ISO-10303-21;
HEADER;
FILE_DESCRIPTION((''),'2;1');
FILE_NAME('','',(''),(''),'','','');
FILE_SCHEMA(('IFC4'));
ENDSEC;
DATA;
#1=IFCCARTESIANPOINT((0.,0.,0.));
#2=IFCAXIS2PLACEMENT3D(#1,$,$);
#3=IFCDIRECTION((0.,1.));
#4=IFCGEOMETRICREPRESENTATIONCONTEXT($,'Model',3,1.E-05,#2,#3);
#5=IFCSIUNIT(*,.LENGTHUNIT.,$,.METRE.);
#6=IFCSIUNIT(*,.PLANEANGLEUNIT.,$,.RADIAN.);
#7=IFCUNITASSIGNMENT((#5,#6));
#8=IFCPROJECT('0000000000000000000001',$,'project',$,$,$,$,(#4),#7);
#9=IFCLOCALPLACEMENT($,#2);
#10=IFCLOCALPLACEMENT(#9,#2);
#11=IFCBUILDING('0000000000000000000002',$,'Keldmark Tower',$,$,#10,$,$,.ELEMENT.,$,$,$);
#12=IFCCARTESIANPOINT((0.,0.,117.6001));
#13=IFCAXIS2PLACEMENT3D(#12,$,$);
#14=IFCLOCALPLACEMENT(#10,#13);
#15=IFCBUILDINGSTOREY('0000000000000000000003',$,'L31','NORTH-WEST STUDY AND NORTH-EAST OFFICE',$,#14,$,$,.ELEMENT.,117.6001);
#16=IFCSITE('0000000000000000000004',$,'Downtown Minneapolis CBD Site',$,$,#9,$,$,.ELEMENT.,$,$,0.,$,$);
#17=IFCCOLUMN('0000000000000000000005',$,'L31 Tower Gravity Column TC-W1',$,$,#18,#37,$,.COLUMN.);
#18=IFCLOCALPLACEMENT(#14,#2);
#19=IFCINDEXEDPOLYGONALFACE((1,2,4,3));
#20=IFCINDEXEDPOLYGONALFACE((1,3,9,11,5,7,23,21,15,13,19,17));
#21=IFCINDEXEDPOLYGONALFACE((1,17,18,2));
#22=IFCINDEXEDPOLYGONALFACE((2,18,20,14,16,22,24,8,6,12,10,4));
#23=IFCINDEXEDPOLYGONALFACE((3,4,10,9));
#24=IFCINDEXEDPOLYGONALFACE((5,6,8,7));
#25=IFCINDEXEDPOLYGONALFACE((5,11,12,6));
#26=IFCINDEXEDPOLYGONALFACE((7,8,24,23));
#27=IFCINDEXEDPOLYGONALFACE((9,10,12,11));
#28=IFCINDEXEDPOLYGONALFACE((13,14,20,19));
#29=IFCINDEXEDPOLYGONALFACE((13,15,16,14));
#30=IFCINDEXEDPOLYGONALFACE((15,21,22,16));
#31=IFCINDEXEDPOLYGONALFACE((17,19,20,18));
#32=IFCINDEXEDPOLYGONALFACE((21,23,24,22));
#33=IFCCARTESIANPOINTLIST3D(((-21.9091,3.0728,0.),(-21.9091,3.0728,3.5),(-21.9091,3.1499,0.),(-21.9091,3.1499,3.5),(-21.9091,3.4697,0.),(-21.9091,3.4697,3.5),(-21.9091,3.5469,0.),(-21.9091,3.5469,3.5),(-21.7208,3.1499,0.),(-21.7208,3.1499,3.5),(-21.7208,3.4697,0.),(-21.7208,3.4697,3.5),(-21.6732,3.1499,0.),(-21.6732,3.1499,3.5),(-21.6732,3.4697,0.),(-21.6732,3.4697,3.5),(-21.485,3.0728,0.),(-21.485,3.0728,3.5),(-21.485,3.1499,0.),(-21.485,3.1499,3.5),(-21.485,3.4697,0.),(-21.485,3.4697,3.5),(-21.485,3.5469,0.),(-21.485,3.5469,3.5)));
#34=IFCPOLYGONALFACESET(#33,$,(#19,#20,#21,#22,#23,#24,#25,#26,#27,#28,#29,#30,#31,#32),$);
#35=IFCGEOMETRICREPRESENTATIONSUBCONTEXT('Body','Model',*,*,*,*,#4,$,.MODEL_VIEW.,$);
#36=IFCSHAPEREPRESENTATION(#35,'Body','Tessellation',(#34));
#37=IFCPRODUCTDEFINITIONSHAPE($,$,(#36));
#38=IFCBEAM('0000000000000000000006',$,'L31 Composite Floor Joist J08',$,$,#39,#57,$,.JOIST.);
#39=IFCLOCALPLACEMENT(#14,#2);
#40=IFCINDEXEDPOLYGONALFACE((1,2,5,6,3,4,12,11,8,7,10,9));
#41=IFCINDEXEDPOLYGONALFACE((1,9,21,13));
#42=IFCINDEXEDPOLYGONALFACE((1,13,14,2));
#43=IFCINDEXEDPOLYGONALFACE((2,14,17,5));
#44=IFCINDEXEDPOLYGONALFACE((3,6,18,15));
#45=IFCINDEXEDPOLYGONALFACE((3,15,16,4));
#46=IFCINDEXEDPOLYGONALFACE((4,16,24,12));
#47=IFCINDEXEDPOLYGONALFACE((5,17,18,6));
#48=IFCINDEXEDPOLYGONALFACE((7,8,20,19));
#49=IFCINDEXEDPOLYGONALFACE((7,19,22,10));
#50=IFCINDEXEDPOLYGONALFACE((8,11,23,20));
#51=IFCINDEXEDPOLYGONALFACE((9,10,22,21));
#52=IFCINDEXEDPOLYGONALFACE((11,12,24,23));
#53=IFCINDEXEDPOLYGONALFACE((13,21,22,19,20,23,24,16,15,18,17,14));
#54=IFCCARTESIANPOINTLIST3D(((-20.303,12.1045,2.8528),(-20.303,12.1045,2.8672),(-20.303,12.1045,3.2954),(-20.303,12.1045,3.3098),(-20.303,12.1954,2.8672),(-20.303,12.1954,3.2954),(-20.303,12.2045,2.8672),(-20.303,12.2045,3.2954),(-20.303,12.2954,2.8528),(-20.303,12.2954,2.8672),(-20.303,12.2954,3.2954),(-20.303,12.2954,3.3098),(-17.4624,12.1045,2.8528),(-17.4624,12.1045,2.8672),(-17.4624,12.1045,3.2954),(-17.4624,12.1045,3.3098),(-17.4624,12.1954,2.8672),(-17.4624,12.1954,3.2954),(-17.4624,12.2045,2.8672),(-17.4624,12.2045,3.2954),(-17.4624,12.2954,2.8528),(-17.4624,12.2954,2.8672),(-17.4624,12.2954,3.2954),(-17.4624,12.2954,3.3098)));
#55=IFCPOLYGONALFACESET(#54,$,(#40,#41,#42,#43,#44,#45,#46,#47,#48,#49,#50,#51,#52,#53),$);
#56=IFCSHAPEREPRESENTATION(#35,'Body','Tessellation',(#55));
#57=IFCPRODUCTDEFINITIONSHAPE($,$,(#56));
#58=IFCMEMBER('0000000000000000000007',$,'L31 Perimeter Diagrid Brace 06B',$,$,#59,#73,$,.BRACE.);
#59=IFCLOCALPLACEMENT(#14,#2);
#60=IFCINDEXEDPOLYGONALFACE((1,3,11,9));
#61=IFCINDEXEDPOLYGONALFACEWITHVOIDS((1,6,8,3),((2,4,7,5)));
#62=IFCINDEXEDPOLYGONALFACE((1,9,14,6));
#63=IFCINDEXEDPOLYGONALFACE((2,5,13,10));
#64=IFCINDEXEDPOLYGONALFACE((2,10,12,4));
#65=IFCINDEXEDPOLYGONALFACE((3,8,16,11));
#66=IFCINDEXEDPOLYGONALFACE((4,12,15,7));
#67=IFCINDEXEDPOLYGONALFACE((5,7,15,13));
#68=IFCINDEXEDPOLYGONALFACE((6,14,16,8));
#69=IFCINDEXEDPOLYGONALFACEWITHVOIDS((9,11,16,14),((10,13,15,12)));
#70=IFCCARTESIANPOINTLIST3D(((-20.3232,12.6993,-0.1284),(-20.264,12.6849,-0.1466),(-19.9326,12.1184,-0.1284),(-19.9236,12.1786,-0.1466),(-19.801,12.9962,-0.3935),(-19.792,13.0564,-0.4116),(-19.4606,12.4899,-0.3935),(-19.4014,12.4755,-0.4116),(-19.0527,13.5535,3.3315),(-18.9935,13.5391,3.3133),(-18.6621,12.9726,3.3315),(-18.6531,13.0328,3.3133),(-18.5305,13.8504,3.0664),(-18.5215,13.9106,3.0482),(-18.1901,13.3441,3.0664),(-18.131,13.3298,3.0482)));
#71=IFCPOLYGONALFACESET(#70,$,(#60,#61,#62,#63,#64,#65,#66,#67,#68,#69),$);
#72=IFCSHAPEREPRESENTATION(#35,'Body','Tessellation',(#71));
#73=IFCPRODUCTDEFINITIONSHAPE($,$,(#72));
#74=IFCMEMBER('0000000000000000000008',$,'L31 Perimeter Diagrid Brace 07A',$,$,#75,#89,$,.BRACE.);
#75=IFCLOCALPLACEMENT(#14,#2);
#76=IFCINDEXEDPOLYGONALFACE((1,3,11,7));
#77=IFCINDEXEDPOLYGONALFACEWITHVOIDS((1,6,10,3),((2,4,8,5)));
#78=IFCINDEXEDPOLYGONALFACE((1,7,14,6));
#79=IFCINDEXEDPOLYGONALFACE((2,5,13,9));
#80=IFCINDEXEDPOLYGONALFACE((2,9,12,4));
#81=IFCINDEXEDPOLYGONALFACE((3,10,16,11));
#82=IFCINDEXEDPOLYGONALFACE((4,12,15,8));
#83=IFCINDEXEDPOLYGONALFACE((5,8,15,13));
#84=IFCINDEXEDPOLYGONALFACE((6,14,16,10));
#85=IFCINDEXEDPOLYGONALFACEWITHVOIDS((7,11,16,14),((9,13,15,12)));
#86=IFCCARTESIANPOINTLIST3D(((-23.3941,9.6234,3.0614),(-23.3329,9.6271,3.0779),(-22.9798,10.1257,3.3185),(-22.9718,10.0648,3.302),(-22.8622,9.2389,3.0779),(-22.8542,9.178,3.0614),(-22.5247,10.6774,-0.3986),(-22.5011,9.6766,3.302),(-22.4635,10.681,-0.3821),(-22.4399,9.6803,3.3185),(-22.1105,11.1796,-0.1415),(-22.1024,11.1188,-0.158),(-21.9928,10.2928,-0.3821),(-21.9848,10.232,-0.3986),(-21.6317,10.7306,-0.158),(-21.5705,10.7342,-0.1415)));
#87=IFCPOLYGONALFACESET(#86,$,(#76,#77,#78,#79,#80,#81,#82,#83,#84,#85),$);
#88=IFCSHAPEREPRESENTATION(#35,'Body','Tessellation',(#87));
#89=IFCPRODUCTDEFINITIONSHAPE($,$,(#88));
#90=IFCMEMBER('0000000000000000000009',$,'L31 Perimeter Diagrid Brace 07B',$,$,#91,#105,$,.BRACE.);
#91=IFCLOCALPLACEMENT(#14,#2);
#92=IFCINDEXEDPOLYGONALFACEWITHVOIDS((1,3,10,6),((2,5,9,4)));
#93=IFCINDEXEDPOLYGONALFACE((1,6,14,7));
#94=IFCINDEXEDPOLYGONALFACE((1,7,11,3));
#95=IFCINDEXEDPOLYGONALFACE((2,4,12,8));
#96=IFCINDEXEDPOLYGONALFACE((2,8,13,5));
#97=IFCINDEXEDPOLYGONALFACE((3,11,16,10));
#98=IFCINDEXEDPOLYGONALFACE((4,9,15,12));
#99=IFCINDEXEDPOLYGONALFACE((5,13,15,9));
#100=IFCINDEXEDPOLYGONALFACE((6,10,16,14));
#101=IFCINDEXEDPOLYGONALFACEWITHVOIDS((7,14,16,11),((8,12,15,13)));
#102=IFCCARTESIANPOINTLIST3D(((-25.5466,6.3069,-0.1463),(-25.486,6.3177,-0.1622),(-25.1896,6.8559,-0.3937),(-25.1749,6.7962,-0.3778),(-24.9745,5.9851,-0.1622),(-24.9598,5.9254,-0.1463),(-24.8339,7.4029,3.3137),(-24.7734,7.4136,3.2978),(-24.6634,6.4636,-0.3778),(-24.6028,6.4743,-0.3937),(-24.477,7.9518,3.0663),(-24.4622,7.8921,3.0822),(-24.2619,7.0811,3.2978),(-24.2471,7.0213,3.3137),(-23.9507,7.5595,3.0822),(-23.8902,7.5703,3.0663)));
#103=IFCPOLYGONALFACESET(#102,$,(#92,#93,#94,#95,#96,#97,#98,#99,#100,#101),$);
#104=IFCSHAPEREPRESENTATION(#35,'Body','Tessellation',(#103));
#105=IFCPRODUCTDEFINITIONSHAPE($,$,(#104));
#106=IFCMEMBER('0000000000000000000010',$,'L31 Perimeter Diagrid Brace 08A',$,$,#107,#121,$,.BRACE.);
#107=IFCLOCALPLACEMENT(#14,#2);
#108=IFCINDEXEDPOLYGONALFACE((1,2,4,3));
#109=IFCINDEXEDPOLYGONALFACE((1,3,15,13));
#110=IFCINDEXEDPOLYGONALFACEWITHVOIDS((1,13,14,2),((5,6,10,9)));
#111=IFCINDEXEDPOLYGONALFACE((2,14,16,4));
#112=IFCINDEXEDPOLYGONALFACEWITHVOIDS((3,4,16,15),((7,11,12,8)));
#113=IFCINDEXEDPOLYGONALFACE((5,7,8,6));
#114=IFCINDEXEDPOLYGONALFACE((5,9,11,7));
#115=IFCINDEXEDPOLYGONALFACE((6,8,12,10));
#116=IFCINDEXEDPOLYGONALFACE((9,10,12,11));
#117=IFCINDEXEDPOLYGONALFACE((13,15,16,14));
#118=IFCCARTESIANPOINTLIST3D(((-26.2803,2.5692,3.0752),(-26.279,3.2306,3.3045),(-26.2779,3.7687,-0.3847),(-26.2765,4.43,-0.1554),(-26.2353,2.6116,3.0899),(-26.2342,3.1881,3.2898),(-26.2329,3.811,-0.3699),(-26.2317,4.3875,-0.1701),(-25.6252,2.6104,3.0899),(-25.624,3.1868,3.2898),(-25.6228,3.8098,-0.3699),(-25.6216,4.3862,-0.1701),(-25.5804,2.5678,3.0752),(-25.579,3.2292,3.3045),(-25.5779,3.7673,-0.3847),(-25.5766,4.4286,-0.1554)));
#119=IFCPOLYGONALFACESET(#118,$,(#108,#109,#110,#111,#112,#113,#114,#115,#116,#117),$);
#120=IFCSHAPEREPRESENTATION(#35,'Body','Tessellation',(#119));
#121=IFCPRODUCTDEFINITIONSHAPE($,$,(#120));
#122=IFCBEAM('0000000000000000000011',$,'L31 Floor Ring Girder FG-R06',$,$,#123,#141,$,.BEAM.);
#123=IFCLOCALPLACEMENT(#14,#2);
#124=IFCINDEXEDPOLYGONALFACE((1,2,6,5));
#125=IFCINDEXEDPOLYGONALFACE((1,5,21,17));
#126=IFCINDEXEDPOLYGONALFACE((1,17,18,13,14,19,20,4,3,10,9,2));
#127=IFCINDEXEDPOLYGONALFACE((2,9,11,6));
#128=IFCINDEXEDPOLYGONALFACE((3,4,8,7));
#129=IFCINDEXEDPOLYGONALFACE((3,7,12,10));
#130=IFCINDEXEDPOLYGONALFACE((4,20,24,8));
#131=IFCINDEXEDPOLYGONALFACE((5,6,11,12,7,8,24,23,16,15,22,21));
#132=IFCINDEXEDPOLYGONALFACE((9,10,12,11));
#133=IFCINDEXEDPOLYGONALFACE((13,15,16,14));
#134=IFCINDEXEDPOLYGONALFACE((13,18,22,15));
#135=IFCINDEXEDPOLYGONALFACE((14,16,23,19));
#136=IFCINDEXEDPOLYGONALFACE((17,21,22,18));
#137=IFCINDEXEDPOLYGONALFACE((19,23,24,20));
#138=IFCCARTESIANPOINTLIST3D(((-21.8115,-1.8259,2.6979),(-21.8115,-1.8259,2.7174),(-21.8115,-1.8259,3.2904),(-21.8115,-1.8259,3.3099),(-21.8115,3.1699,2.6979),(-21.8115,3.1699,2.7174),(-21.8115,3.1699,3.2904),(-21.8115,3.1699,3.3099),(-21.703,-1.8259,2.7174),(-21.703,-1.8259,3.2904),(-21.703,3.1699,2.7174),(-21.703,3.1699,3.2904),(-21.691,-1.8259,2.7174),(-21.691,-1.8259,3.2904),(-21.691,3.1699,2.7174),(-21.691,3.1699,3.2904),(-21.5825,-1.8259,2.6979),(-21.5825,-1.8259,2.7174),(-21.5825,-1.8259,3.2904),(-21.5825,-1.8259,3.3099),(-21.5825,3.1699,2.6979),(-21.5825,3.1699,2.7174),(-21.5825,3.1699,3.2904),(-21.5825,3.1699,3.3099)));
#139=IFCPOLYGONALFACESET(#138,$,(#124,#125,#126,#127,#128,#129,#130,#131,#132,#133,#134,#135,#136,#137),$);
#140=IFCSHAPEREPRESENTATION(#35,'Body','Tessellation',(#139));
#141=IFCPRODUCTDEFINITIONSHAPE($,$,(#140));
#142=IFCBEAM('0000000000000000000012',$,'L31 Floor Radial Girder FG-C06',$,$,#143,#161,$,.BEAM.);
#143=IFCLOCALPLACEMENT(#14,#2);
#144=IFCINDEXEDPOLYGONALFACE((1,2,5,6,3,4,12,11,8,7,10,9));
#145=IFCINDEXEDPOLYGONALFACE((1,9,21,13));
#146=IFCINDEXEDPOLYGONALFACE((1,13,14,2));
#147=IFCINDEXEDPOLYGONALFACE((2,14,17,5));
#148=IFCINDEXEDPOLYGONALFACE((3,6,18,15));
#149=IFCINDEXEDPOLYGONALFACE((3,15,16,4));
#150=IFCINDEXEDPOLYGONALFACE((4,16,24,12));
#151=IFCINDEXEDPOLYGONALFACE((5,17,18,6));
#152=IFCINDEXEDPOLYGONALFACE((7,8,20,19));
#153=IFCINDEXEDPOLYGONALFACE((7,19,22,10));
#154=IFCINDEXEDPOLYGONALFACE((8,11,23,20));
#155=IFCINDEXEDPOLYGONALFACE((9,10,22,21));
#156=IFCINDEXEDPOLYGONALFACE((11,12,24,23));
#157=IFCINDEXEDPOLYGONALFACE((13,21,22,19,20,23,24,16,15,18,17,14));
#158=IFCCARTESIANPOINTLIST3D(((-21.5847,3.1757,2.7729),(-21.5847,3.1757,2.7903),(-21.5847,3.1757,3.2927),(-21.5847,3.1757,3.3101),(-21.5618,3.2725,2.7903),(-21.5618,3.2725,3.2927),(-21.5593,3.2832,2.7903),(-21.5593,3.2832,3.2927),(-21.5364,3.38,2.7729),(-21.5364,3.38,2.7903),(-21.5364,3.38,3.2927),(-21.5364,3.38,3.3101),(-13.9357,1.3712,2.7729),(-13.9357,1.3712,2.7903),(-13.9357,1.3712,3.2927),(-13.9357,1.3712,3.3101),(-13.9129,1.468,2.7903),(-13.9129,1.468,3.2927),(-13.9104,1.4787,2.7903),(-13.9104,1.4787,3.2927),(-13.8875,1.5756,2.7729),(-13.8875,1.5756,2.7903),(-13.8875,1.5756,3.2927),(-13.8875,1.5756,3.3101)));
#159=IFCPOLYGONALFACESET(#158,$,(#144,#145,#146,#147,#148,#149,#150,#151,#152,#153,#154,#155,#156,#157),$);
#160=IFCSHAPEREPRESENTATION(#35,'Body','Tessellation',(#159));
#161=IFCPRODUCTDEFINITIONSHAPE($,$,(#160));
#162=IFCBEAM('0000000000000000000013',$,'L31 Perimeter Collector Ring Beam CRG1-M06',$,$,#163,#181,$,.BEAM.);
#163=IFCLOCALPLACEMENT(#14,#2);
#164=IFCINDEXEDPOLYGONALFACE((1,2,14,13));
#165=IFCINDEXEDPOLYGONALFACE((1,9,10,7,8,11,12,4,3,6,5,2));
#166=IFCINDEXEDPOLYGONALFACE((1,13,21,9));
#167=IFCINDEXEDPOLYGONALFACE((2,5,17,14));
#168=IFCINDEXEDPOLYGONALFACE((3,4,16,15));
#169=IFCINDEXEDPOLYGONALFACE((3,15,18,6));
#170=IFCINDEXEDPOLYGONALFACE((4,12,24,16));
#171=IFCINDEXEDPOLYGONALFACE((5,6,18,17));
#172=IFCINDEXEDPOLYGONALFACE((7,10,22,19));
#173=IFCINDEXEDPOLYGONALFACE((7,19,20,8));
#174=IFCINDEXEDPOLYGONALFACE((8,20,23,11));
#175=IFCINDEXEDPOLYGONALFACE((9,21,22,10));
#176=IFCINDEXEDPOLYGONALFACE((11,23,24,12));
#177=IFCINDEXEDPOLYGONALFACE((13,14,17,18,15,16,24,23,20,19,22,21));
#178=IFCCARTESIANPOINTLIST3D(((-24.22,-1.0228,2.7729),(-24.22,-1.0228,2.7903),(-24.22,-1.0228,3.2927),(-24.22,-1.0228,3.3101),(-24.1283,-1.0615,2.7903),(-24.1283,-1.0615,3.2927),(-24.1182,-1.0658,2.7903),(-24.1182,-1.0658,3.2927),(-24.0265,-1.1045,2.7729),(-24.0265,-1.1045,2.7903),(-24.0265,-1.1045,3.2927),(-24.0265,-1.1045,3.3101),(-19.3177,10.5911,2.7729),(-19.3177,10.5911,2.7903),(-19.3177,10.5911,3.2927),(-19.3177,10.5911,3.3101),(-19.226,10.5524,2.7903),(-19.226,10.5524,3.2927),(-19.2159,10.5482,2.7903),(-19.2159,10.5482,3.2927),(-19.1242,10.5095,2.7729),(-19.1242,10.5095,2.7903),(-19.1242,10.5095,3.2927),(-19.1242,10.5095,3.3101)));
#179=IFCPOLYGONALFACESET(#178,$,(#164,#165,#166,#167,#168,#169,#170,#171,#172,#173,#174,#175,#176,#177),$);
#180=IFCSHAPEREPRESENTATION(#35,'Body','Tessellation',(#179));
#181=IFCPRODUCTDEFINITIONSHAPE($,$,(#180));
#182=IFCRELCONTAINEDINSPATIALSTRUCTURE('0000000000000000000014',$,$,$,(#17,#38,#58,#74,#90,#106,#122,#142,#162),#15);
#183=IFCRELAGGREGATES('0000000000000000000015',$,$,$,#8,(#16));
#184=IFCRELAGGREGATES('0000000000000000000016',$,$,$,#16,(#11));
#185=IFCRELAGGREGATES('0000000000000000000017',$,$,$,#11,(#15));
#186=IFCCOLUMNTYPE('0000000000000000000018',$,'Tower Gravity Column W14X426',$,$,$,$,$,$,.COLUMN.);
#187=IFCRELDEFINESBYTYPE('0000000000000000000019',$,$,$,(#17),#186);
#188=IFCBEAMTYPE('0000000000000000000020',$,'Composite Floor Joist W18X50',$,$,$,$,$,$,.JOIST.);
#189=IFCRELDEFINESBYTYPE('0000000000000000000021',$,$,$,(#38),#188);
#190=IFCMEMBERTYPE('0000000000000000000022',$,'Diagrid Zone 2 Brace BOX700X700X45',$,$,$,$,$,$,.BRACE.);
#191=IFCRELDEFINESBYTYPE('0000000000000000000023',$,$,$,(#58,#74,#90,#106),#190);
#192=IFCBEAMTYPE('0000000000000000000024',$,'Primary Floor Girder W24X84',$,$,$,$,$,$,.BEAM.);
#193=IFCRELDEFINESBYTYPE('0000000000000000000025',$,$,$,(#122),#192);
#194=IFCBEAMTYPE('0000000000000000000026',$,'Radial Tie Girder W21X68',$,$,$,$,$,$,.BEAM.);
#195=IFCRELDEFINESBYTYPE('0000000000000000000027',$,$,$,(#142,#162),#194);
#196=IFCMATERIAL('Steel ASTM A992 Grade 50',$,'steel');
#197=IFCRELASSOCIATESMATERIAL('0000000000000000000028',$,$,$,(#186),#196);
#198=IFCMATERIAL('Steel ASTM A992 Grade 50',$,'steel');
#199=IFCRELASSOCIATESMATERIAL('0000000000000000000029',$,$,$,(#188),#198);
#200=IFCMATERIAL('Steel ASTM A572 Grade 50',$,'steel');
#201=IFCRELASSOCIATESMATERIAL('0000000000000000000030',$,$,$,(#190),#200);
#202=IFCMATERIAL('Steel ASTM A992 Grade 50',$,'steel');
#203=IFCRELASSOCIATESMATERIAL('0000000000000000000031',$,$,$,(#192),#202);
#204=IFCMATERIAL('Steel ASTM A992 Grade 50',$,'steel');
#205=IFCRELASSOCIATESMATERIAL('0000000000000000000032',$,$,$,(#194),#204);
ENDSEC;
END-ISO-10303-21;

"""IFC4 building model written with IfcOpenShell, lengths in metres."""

from ifc_helpers import new_model, si_unit, direction, frame, origin, origin_2d, place, context, subcontext, project, spatial, hollow_rectangle, i_section, extrude, material, material_profile, profile_set, type_object, element, save


model = new_model("IFC4")

# Units and contexts
model_context = context("Model", 3, precision=1e-05, world=origin(), true_north=direction((0.0, 1.0)))
body_context = subcontext(model_context, "Body", "Model", "MODEL_VIEW")
ifc_project = project(units=[si_unit("LENGTHUNIT", "METRE"), si_unit("PLANEANGLEUNIT", "RADIAN")], contexts=[model_context])

# Site, building, storey
site_placement = place(None, origin())
site = spatial("IfcSite", under=ifc_project, at=site_placement, Name="Downtown Minneapolis CBD Site", CompositionType="ELEMENT", RefElevation=0.0)
building_placement = place(site_placement, origin())
building = spatial("IfcBuilding", under=site, at=building_placement, Name="Keldmark Tower", CompositionType="ELEMENT")
storey_placement = place(building_placement, frame((0.0, 0.0, 117.6001)))
storey = spatial("IfcBuildingStorey", under=building, at=storey_placement, Name="L31", Description="NORTH-WEST STUDY AND NORTH-EAST OFFICE", CompositionType="ELEMENT", Elevation=117.6001)

# Column
ifc_material_1 = material(Name="Steel ASTM A992 Grade 50", Category="steel")
ifc_material_profile_1 = material_profile(ifc_material_1, i_section(OverallWidth=0.4241, OverallDepth=0.4741, WebThickness=0.0476, FlangeThickness=0.0771, at=origin_2d()), Name="W14X426")
ifc_profile_set_1 = profile_set([ifc_material_profile_1], Name="Steel ASTM A992 Grade 50")
column_type = type_object("IfcColumnType", Name="Tower Gravity Column W14X426", PredefinedType="COLUMN", material=ifc_profile_set_1)
column_placement = place(storey_placement, frame((-21.697, 3.3098, 0.0), z_axis=(0.0, 0.0, 1.0), x_axis=(1.0, 0.0, 0.0)))
element("IfcColumn", 1, at=column_placement, inside=storey, type_object=column_type, Name="L31 Tower Gravity Column TC-W1", PredefinedType="COLUMN", context=body_context, shape_type="SweptSolid", body=[
    extrude(i_section(OverallWidth=0.4241, OverallDepth=0.4741, WebThickness=0.0476, FlangeThickness=0.0771, at=origin_2d()), origin(), (0.0, 0.0, 1.0), 3.5),
])

# Beam
ifc_material_2 = material(Name="Steel ASTM A992 Grade 50", Category="steel")
ifc_material_profile_2 = material_profile(ifc_material_2, i_section(OverallWidth=0.1909, OverallDepth=0.457, WebThickness=0.009, FlangeThickness=0.0144, at=origin_2d()), Name="W18X50")
ifc_profile_set_2 = profile_set([ifc_material_profile_2], Name="Steel ASTM A992 Grade 50")
beam_type_1 = type_object("IfcBeamType", Name="Composite Floor Joist W18X50", PredefinedType="JOIST", material=ifc_profile_set_2)
beam_1_placement = place(storey_placement, frame((-20.303, 12.2, 3.0813), z_axis=(1.0, 0.0, 0.0), x_axis=(0.0, 1.0, 0.0)))
element("IfcBeam", 2, at=beam_1_placement, inside=storey, type_object=beam_type_1, Name="L31 Composite Floor Joist J08", PredefinedType="JOIST", context=body_context, shape_type="SweptSolid", body=[
    extrude(i_section(OverallWidth=0.1909, OverallDepth=0.457, WebThickness=0.009, FlangeThickness=0.0144, at=origin_2d()), origin(), (0.0, 0.0, 1.0), 2.8406),
])

# Members
ifc_material_3 = material(Name="Steel ASTM A572 Grade 50", Category="steel")
ifc_material_profile_3 = material_profile(ifc_material_3, hollow_rectangle(XDim=0.7, YDim=0.7, WallThickness=0.0449, at=origin_2d()), Name="BOX700X700X45")
ifc_profile_set_3 = profile_set([ifc_material_profile_3], Name="Steel ASTM A572 Grade 50")
member_type = type_object("IfcMemberType", Name="Diagrid Zone 2 Brace BOX700X700X45", PredefinedType="BRACE", material=ifc_profile_set_3)
member_1_placement = place(storey_placement, frame((-19.8623, 12.5874, -0.27), z_axis=(0.335798, 0.225779, 0.914474), x_axis=(-0.557971, 0.82986, 0.0)))
element("IfcMember", 3, at=member_1_placement, inside=storey, type_object=member_type, Name="L31 Perimeter Diagrid Brace 06B", PredefinedType="BRACE", context=body_context, shape_type="SweptSolid", body=[
    extrude(hollow_rectangle(XDim=0.7, YDim=0.7, WallThickness=0.0449, at=origin_2d()), origin(), (0.0, 0.0, 1.0), 3.7834),
])
member_2_placement = place(storey_placement, frame((-22.0476, 10.7058, -0.27), z_axis=(-0.233709, -0.283326, 0.930111), x_axis=(0.771419, -0.636327, 0.0)))
element("IfcMember", 4, at=member_2_placement, inside=storey, type_object=member_type, Name="L31 Perimeter Diagrid Brace 07A", PredefinedType="BRACE", context=body_context, shape_type="SweptSolid", body=[
    extrude(hollow_rectangle(XDim=0.7, YDim=0.7, WallThickness=0.0449, at=origin_2d()), origin(), (0.0, 0.0, 1.0), 3.72),
])
member_3_placement = place(storey_placement, frame((-25.0747, 6.3906, -0.27), z_axis=(0.192675, 0.296307, 0.935456), x_axis=(-0.838345, 0.545139, 0.0)))
element("IfcMember", 5, at=member_3_placement, inside=storey, type_object=member_type, Name="L31 Perimeter Diagrid Brace 07B", PredefinedType="BRACE", context=body_context, shape_type="SweptSolid", body=[
    extrude(hollow_rectangle(XDim=0.7, YDim=0.7, WallThickness=0.0449, at=origin_2d()), origin(), (0.0, 0.0, 1.0), 3.6987),
])
member_4_placement = place(storey_placement, frame((-25.9272, 4.0986, -0.27), z_axis=(-0.000667, -0.327546, 0.944835), x_axis=(0.999998, -0.002035, 0.0)))
element("IfcMember", 6, at=member_4_placement, inside=storey, type_object=member_type, Name="L31 Perimeter Diagrid Brace 08A", PredefinedType="BRACE", context=body_context, shape_type="SweptSolid", body=[
    extrude(hollow_rectangle(XDim=0.7, YDim=0.7, WallThickness=0.0449, at=origin_2d()), origin(), (0.0, 0.0, 1.0), 3.6619),
])

# Beams
ifc_material_4 = material(Name="Steel ASTM A992 Grade 50", Category="steel")
ifc_material_profile_4 = material_profile(ifc_material_4, i_section(OverallWidth=0.229, OverallDepth=0.6121, WebThickness=0.012, FlangeThickness=0.0195, at=origin_2d()), Name="W24X84")
ifc_profile_set_4 = profile_set([ifc_material_profile_4], Name="Steel ASTM A992 Grade 50")
beam_type_2 = type_object("IfcBeamType", Name="Primary Floor Girder W24X84", PredefinedType="BEAM", material=ifc_profile_set_4)
beam_2_placement = place(storey_placement, frame((-21.697, 3.1699, 3.0039), z_axis=(0.0, -1.0, 0.0), x_axis=(1.0, 0.0, 0.0)))
element("IfcBeam", 7, at=beam_2_placement, inside=storey, type_object=beam_type_2, Name="L31 Floor Ring Girder FG-R06", PredefinedType="BEAM", context=body_context, shape_type="SweptSolid", body=[
    extrude(i_section(OverallWidth=0.229, OverallDepth=0.6121, WebThickness=0.012, FlangeThickness=0.0195, at=origin_2d()), origin(), (0.0, 0.0, 1.0), 4.9958),
])
ifc_material_5 = material(Name="Steel ASTM A992 Grade 50", Category="steel")
ifc_material_profile_5 = material_profile(ifc_material_5, i_section(OverallWidth=0.21, OverallDepth=0.5371, WebThickness=0.011, FlangeThickness=0.0173, at=origin_2d()), Name="W21X68")
ifc_profile_set_5 = profile_set([ifc_material_profile_5], Name="Steel ASTM A992 Grade 50")
beam_type_3 = type_object("IfcBeamType", Name="Radial Tie Girder W21X68", PredefinedType="BEAM", material=ifc_profile_set_5)
beam_3_placement = place(storey_placement, frame((-21.5605, 3.2778, 3.0415), z_axis=(0.973284, -0.229606, 0.0), x_axis=(0.229606, 0.973284, 0.0)))
element("IfcBeam", 8, at=beam_3_placement, inside=storey, type_object=beam_type_3, Name="L31 Floor Radial Girder FG-C06", PredefinedType="BEAM", context=body_context, shape_type="SweptSolid", body=[
    extrude(i_section(OverallWidth=0.21, OverallDepth=0.5371, WebThickness=0.011, FlangeThickness=0.0173, at=origin_2d()), origin(), (0.0, 0.0, 1.0), 7.8589),
])
beam_4_placement = place(storey_placement, frame((-19.2209, 10.5503, 3.0415), z_axis=(-0.388881, -0.921288, 0.0), x_axis=(0.921288, -0.388881, 0.0)))
element("IfcBeam", 9, at=beam_4_placement, inside=storey, type_object=beam_type_3, Name="L31 Perimeter Collector Ring Beam CRG1-M06", PredefinedType="BEAM", context=body_context, shape_type="SweptSolid", body=[
    extrude(i_section(OverallWidth=0.21, OverallDepth=0.5371, WebThickness=0.011, FlangeThickness=0.0173, at=origin_2d()), origin(), (0.0, 0.0, 1.0), 12.6062),
])

save(model, "model.ifc")
